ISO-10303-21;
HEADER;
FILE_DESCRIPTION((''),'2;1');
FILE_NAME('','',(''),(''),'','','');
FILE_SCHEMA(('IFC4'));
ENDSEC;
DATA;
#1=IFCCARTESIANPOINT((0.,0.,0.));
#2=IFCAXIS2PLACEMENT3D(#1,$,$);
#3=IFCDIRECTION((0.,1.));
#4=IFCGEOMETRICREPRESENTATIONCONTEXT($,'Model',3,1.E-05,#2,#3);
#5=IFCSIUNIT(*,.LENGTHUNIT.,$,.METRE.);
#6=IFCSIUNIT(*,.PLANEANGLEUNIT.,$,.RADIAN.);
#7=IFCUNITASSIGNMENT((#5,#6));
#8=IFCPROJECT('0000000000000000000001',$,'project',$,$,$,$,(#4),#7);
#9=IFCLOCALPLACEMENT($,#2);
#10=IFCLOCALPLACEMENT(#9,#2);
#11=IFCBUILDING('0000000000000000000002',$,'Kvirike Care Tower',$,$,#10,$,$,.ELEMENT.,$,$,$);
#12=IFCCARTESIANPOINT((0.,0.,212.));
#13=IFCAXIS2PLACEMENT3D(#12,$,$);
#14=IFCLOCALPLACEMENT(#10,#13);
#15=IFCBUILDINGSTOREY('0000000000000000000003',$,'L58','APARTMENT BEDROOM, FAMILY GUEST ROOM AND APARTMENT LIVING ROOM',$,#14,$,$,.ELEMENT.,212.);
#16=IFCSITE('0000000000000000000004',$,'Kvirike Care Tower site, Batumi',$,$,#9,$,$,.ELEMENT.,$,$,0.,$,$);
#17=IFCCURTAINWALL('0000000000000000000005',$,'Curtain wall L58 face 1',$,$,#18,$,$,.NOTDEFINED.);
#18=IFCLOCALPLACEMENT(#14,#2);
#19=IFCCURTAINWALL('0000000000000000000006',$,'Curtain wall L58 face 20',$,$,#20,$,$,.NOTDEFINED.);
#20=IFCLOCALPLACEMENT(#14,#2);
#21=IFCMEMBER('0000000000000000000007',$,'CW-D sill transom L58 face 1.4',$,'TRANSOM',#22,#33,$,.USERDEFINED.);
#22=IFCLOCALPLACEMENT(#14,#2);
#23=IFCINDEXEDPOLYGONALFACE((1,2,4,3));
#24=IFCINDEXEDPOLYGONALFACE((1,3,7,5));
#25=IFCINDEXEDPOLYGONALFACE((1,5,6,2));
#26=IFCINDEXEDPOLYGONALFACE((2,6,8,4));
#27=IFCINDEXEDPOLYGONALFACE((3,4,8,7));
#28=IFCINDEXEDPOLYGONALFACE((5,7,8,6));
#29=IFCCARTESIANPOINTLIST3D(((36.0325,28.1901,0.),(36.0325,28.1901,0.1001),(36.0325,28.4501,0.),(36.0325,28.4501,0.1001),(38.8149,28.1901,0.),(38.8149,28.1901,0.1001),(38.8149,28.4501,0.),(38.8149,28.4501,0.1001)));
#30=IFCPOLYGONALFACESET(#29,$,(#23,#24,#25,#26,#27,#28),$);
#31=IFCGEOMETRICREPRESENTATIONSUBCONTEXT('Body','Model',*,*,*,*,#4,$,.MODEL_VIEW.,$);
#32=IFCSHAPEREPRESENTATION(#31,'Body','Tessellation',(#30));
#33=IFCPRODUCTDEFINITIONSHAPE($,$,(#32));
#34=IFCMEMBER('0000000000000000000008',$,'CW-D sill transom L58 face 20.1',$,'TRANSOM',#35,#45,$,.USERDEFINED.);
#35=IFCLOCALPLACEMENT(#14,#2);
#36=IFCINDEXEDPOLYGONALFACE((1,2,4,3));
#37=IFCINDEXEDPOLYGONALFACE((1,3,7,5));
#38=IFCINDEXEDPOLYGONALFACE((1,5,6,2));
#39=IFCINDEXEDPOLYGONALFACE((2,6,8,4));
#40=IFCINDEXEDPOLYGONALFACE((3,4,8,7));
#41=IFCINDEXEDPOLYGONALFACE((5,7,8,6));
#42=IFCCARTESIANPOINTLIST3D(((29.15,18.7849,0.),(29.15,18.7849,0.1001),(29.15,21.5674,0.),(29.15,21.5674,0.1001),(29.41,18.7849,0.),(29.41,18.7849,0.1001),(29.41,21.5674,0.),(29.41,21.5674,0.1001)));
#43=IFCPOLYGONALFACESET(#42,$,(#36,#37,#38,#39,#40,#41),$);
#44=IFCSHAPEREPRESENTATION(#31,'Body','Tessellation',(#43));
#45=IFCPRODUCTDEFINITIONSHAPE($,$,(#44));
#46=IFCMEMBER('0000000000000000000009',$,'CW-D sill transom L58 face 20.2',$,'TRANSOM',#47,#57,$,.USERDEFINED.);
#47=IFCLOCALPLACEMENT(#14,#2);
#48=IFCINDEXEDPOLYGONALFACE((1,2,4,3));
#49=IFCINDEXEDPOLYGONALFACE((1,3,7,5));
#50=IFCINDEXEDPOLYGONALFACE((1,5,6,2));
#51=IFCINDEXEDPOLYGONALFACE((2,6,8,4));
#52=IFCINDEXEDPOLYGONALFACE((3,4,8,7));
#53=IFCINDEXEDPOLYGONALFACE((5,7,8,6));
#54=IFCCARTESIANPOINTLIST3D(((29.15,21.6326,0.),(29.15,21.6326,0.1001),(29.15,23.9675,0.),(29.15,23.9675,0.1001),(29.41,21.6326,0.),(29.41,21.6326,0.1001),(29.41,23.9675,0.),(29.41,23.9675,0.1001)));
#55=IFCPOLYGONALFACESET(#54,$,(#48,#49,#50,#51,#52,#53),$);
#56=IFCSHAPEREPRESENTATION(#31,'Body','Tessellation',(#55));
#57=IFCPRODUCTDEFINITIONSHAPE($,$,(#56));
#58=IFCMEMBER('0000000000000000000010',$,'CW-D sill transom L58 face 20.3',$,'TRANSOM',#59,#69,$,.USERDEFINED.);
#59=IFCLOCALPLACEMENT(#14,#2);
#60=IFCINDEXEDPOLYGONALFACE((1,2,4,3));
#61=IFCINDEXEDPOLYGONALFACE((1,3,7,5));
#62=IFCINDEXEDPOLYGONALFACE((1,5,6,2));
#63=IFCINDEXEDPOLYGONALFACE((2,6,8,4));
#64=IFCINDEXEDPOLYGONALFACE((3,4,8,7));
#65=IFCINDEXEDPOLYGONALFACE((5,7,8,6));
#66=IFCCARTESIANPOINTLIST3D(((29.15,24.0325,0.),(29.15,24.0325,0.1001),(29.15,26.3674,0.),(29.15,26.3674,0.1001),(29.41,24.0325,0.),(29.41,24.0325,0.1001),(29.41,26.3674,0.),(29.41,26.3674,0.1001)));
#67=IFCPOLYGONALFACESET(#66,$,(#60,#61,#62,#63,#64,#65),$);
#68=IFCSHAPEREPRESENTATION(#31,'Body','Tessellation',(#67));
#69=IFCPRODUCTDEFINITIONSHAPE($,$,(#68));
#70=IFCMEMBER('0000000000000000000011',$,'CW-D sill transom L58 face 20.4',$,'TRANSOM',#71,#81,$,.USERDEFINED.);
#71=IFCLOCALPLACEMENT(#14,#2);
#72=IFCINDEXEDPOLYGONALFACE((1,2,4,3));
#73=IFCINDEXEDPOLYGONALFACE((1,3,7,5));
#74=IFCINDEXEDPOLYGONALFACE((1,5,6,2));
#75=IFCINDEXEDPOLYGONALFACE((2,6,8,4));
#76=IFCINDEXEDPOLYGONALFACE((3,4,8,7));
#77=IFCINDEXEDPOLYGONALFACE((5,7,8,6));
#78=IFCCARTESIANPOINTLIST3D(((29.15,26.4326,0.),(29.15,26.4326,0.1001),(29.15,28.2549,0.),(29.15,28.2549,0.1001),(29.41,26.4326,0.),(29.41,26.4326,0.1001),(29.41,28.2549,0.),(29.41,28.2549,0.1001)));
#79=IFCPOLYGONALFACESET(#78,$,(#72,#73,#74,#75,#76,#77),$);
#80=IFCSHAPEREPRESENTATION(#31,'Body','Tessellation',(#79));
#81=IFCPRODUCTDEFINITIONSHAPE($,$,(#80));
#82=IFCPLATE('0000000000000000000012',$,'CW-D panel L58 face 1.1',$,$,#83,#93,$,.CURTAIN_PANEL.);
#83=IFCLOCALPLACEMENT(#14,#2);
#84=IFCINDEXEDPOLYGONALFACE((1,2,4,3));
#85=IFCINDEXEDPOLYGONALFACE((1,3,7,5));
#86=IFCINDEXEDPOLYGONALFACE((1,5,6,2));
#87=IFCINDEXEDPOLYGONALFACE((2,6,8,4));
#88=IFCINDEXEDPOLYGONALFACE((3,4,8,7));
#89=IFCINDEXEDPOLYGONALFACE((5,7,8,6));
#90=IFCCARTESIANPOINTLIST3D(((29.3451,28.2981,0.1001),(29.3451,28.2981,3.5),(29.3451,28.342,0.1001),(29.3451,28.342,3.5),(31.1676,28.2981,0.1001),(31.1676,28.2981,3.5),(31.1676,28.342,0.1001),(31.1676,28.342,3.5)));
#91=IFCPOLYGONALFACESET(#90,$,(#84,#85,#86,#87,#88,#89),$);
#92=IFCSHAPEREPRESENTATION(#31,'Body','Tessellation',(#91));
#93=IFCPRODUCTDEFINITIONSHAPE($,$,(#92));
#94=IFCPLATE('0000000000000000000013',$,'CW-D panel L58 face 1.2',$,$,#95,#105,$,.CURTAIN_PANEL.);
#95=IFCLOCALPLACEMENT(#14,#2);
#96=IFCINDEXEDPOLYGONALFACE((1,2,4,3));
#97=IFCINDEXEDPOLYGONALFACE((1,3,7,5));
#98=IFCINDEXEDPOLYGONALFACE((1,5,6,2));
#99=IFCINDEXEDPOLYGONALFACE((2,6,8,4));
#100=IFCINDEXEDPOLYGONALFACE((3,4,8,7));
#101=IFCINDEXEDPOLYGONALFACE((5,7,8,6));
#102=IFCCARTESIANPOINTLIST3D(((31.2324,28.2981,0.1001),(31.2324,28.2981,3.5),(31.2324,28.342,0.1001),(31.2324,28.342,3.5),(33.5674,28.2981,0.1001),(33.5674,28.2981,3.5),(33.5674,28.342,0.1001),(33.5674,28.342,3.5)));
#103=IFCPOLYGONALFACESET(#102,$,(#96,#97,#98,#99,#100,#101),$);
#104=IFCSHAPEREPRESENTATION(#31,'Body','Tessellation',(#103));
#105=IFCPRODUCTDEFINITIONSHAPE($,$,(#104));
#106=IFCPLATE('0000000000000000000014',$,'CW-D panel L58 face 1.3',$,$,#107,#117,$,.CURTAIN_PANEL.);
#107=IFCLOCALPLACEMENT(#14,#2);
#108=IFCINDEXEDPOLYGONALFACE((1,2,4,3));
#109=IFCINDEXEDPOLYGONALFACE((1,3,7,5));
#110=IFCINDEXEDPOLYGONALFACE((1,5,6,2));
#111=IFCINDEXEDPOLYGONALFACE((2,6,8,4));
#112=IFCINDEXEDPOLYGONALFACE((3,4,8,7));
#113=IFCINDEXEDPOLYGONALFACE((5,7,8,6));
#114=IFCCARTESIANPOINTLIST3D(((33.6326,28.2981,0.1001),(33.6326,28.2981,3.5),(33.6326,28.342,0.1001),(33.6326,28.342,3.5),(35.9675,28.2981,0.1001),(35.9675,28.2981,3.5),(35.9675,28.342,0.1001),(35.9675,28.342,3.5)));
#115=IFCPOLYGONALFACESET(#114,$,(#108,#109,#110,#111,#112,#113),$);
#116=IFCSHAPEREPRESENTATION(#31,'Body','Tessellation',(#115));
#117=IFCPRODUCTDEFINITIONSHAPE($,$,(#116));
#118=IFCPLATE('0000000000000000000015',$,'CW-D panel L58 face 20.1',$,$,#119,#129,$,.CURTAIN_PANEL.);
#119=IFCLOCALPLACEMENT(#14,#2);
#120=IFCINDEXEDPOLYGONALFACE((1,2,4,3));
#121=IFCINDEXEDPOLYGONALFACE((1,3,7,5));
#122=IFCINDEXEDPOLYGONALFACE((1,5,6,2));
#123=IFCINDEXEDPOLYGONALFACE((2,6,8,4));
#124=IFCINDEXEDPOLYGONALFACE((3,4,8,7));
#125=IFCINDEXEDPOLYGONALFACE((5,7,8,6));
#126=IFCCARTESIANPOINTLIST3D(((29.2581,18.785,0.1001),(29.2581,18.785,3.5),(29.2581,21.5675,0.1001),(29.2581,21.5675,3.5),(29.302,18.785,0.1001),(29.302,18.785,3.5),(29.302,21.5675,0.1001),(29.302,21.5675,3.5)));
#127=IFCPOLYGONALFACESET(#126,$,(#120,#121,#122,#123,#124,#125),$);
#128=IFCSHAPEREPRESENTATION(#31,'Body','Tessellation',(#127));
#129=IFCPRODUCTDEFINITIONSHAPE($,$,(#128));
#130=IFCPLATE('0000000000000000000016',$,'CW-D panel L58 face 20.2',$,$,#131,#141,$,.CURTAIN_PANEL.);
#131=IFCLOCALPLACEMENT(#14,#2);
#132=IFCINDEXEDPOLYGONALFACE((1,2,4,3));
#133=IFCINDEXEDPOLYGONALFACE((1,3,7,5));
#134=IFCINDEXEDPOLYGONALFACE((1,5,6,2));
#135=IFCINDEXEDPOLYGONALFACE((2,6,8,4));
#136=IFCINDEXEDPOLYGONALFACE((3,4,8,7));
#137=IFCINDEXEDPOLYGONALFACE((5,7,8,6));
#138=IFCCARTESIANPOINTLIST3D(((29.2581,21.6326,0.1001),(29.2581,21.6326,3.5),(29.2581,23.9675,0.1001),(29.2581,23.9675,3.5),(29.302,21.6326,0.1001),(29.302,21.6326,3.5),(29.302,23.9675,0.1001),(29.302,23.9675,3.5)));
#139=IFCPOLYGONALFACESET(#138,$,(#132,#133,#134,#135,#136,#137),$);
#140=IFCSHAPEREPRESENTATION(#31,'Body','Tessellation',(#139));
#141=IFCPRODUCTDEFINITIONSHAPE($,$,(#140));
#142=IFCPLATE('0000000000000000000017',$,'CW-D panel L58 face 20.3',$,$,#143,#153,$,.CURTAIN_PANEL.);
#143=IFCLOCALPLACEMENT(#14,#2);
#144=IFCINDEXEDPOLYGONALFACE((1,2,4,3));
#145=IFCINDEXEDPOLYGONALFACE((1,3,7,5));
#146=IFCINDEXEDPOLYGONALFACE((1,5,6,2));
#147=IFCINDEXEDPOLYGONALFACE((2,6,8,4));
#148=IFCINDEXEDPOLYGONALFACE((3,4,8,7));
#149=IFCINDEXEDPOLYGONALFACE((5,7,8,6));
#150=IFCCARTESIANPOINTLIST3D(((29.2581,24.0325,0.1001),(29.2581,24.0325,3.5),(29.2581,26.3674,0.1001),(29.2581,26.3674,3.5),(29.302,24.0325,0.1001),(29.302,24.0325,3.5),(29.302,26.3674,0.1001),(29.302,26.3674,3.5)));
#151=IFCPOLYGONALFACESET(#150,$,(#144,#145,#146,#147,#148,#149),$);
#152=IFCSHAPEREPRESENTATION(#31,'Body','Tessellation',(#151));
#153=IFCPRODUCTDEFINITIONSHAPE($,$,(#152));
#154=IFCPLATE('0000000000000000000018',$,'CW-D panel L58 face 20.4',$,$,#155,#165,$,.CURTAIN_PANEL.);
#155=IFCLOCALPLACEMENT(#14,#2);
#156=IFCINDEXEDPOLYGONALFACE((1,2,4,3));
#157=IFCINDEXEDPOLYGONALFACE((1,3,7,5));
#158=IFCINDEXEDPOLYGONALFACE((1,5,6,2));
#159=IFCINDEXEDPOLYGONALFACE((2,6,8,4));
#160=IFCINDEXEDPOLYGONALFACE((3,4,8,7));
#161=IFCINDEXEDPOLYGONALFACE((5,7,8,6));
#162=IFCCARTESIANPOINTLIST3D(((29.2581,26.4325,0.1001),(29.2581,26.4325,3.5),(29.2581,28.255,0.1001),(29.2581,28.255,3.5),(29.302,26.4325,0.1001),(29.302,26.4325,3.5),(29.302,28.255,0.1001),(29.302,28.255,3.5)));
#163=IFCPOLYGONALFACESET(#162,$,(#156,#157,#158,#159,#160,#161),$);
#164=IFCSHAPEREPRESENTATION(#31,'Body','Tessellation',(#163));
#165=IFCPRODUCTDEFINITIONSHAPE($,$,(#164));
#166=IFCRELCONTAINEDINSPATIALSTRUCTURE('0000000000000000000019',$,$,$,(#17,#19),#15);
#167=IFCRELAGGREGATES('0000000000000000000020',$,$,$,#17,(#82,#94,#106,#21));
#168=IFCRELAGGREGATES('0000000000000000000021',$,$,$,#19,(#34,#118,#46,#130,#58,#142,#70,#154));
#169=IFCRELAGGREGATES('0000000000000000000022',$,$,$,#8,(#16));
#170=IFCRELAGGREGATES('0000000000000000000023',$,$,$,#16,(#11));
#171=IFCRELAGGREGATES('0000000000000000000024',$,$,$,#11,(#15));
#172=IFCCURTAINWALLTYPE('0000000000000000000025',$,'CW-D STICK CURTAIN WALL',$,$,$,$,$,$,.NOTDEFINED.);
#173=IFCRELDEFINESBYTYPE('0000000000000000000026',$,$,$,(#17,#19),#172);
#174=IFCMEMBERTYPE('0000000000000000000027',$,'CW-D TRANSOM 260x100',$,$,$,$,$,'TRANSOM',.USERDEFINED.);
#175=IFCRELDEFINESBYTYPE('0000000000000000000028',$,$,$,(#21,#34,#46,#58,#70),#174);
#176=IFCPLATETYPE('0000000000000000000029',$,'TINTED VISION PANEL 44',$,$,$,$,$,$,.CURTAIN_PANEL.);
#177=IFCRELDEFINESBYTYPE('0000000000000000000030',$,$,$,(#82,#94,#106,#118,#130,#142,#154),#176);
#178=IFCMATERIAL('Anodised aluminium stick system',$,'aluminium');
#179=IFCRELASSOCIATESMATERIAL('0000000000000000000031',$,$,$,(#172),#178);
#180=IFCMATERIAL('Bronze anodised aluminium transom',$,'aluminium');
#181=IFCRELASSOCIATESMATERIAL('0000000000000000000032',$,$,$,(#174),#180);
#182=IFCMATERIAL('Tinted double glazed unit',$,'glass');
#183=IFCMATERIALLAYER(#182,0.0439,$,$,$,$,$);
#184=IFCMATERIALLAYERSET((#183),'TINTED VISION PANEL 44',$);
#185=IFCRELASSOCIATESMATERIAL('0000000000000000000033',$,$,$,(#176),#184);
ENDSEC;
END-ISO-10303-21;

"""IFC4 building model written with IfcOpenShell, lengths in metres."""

from ifc_helpers import new_model, si_unit, direction, frame, origin, origin_2d, place, context, subcontext, project, spatial, rectangle, extrude, material, layer, layer_set, material_profile, profile_set, type_object, element, aggregate, save


model = new_model("IFC4")

# Units and contexts
model_context = context("Model", 3, precision=1e-05, world=origin(), true_north=direction((0.0, 1.0)))
body_context = subcontext(model_context, "Body", "Model", "MODEL_VIEW")
ifc_project = project(units=[si_unit("LENGTHUNIT", "METRE"), si_unit("PLANEANGLEUNIT", "RADIAN")], contexts=[model_context])

# Site, building, storey
site_placement = place(None, origin())
site = spatial("IfcSite", under=ifc_project, at=site_placement, Name="Kvirike Care Tower site, Batumi", CompositionType="ELEMENT", RefElevation=0.0)
building_placement = place(site_placement, origin())
building = spatial("IfcBuilding", under=site, at=building_placement, Name="Kvirike Care Tower", CompositionType="ELEMENT")
storey_placement = place(building_placement, frame((0.0, 0.0, 212.0)))
storey = spatial("IfcBuildingStorey", under=building, at=storey_placement, Name="L58", Description="APARTMENT BEDROOM, FAMILY GUEST ROOM AND APARTMENT LIVING ROOM", CompositionType="ELEMENT", Elevation=212.0)

# Curtain walls
ifc_material_1 = material(Name="Anodised aluminium stick system", Category="aluminium")
curtain_wall_type = type_object("IfcCurtainWallType", Name="CW-D STICK CURTAIN WALL", PredefinedType="NOTDEFINED", material=ifc_material_1)
curtain_wall_1_placement = place(storey_placement, origin())
curtain_wall_1 = element("IfcCurtainWall", 1, at=curtain_wall_1_placement, inside=storey, type_object=curtain_wall_type, Name="Curtain wall L58 face 1", PredefinedType="NOTDEFINED")
curtain_wall_2_placement = place(storey_placement, origin())
curtain_wall_2 = element("IfcCurtainWall", 2, at=curtain_wall_2_placement, inside=storey, type_object=curtain_wall_type, Name="Curtain wall L58 face 20", PredefinedType="NOTDEFINED")

# Members
ifc_material_2 = material(Name="Bronze anodised aluminium transom", Category="aluminium")
ifc_material_profile_1 = material_profile(ifc_material_2, rectangle(XDim=0.26, YDim=0.1001, at=origin_2d()), Name="CW-D TRANSOM 260x100")
ifc_profile_set_1 = profile_set([ifc_material_profile_1], Name="Bronze anodised aluminium transom")
member_type_1 = type_object("IfcMemberType", Name="CW-D TRANSOM 260x100", ElementType="TRANSOM", PredefinedType="USERDEFINED", material=ifc_profile_set_1)
member_1_placement = place(storey_placement, frame((36.0325, 28.3201, 0.05), z_axis=(1.0, 0.0, 0.0), x_axis=(0.0, 1.0, 0.0)))
member_1 = element("IfcMember", 3, at=member_1_placement, type_object=member_type_1, Name="CW-D sill transom L58 face 1.4", ObjectType="TRANSOM", PredefinedType="USERDEFINED", context=body_context, shape_type="SweptSolid", body=[
    extrude(rectangle(XDim=0.26, YDim=0.1001, at=origin_2d()), origin(), (0.0, 0.0, 1.0), 2.7825),
])
member_2_placement = place(storey_placement, frame((29.28, 18.7849, 0.05), z_axis=(0.0, 1.0, 0.0), x_axis=(-1.0, 0.0, 0.0)))
member_2 = element("IfcMember", 4, at=member_2_placement, type_object=member_type_1, Name="CW-D sill transom L58 face 20.1", ObjectType="TRANSOM", PredefinedType="USERDEFINED", context=body_context, shape_type="SweptSolid", body=[
    extrude(rectangle(XDim=0.26, YDim=0.1001, at=origin_2d()), origin(), (0.0, 0.0, 1.0), 2.7825),
])
member_3_placement = place(storey_placement, frame((29.28, 21.6326, 0.05), z_axis=(0.0, 1.0, 0.0), x_axis=(-1.0, 0.0, 0.0)))
member_3 = element("IfcMember", 5, at=member_3_placement, type_object=member_type_1, Name="CW-D sill transom L58 face 20.2", ObjectType="TRANSOM", PredefinedType="USERDEFINED", context=body_context, shape_type="SweptSolid", body=[
    extrude(rectangle(XDim=0.26, YDim=0.1001, at=origin_2d()), origin(), (0.0, 0.0, 1.0), 2.335),
])
member_4_placement = place(storey_placement, frame((29.28, 24.0325, 0.05), z_axis=(0.0, 1.0, 0.0), x_axis=(-1.0, 0.0, 0.0)))
member_4 = element("IfcMember", 6, at=member_4_placement, type_object=member_type_1, Name="CW-D sill transom L58 face 20.3", ObjectType="TRANSOM", PredefinedType="USERDEFINED", context=body_context, shape_type="SweptSolid", body=[
    extrude(rectangle(XDim=0.26, YDim=0.1001, at=origin_2d()), origin(), (0.0, 0.0, 1.0), 2.335),
])
member_5_placement = place(storey_placement, frame((29.28, 26.4326, 0.05), z_axis=(0.0, 1.0, 0.0), x_axis=(-1.0, 0.0, 0.0)))
member_5 = element("IfcMember", 7, at=member_5_placement, type_object=member_type_1, Name="CW-D sill transom L58 face 20.4", ObjectType="TRANSOM", PredefinedType="USERDEFINED", context=body_context, shape_type="SweptSolid", body=[
    extrude(rectangle(XDim=0.26, YDim=0.1001, at=origin_2d()), origin(), (0.0, 0.0, 1.0), 1.8223),
])

# Plates
ifc_material_3 = material(Name="Tinted double glazed unit", Category="glass")
ifc_layer = layer(ifc_material_3, 0.0439)
ifc_layer_set = layer_set([ifc_layer], Name="TINTED VISION PANEL 44")
plate_type = type_object("IfcPlateType", Name="TINTED VISION PANEL 44", PredefinedType="CURTAIN_PANEL", material=ifc_layer_set)
plate_1_placement = place(storey_placement, frame((30.2563, 28.3201, 0.1001), z_axis=(0.0, 0.0, 1.0), x_axis=(1.0, 0.0, 0.0)))
plate_1 = element("IfcPlate", 8, at=plate_1_placement, type_object=plate_type, Name="CW-D panel L58 face 1.1", PredefinedType="CURTAIN_PANEL", context=body_context, shape_type="SweptSolid", body=[
    extrude(rectangle(XDim=1.8225, YDim=0.0439, at=origin_2d()), origin(), (0.0, 0.0, 1.0), 3.3999),
])
plate_2_placement = place(storey_placement, frame((32.3999, 28.3201, 0.1001), z_axis=(0.0, 0.0, 1.0), x_axis=(1.0, 0.0, 0.0)))
plate_2 = element("IfcPlate", 9, at=plate_2_placement, type_object=plate_type, Name="CW-D panel L58 face 1.2", PredefinedType="CURTAIN_PANEL", context=body_context, shape_type="SweptSolid", body=[
    extrude(rectangle(XDim=2.335, YDim=0.0439, at=origin_2d()), origin(), (0.0, 0.0, 1.0), 3.3999),
])
plate_3_placement = place(storey_placement, frame((34.8, 28.3201, 0.1001), z_axis=(0.0, 0.0, 1.0), x_axis=(1.0, 0.0, 0.0)))
plate_3 = element("IfcPlate", 10, at=plate_3_placement, type_object=plate_type, Name="CW-D panel L58 face 1.3", PredefinedType="CURTAIN_PANEL", context=body_context, shape_type="SweptSolid", body=[
    extrude(rectangle(XDim=2.335, YDim=0.0439, at=origin_2d()), origin(), (0.0, 0.0, 1.0), 3.3999),
])
aggregate(curtain_wall_1, [plate_1, plate_2, plate_3, member_1])
plate_4_placement = place(storey_placement, frame((29.28, 20.1763, 0.1001), z_axis=(0.0, 0.0, 1.0), x_axis=(0.0, 1.0, 0.0)))
plate_4 = element("IfcPlate", 11, at=plate_4_placement, type_object=plate_type, Name="CW-D panel L58 face 20.1", PredefinedType="CURTAIN_PANEL", context=body_context, shape_type="SweptSolid", body=[
    extrude(rectangle(XDim=2.7825, YDim=0.0439, at=origin_2d()), origin(), (0.0, 0.0, 1.0), 3.3999),
])
plate_5_placement = place(storey_placement, frame((29.28, 22.8, 0.1001), z_axis=(0.0, 0.0, 1.0), x_axis=(0.0, 1.0, 0.0)))
plate_5 = element("IfcPlate", 12, at=plate_5_placement, type_object=plate_type, Name="CW-D panel L58 face 20.2", PredefinedType="CURTAIN_PANEL", context=body_context, shape_type="SweptSolid", body=[
    extrude(rectangle(XDim=2.335, YDim=0.0439, at=origin_2d()), origin(), (0.0, 0.0, 1.0), 3.3999),
])
plate_6_placement = place(storey_placement, frame((29.28, 25.2, 0.1001), z_axis=(0.0, 0.0, 1.0), x_axis=(0.0, 1.0, 0.0)))
plate_6 = element("IfcPlate", 13, at=plate_6_placement, type_object=plate_type, Name="CW-D panel L58 face 20.3", PredefinedType="CURTAIN_PANEL", context=body_context, shape_type="SweptSolid", body=[
    extrude(rectangle(XDim=2.335, YDim=0.0439, at=origin_2d()), origin(), (0.0, 0.0, 1.0), 3.3999),
])
plate_7_placement = place(storey_placement, frame((29.28, 27.3438, 0.1001), z_axis=(0.0, 0.0, 1.0), x_axis=(0.0, 1.0, 0.0)))
plate_7 = element("IfcPlate", 14, at=plate_7_placement, type_object=plate_type, Name="CW-D panel L58 face 20.4", PredefinedType="CURTAIN_PANEL", context=body_context, shape_type="SweptSolid", body=[
    extrude(rectangle(XDim=1.8225, YDim=0.0439, at=origin_2d()), origin(), (0.0, 0.0, 1.0), 3.3999),
])
aggregate(curtain_wall_2, [member_2, plate_4, member_3, plate_5, member_4, plate_6, member_5, plate_7])

save(model, "model.ifc")
